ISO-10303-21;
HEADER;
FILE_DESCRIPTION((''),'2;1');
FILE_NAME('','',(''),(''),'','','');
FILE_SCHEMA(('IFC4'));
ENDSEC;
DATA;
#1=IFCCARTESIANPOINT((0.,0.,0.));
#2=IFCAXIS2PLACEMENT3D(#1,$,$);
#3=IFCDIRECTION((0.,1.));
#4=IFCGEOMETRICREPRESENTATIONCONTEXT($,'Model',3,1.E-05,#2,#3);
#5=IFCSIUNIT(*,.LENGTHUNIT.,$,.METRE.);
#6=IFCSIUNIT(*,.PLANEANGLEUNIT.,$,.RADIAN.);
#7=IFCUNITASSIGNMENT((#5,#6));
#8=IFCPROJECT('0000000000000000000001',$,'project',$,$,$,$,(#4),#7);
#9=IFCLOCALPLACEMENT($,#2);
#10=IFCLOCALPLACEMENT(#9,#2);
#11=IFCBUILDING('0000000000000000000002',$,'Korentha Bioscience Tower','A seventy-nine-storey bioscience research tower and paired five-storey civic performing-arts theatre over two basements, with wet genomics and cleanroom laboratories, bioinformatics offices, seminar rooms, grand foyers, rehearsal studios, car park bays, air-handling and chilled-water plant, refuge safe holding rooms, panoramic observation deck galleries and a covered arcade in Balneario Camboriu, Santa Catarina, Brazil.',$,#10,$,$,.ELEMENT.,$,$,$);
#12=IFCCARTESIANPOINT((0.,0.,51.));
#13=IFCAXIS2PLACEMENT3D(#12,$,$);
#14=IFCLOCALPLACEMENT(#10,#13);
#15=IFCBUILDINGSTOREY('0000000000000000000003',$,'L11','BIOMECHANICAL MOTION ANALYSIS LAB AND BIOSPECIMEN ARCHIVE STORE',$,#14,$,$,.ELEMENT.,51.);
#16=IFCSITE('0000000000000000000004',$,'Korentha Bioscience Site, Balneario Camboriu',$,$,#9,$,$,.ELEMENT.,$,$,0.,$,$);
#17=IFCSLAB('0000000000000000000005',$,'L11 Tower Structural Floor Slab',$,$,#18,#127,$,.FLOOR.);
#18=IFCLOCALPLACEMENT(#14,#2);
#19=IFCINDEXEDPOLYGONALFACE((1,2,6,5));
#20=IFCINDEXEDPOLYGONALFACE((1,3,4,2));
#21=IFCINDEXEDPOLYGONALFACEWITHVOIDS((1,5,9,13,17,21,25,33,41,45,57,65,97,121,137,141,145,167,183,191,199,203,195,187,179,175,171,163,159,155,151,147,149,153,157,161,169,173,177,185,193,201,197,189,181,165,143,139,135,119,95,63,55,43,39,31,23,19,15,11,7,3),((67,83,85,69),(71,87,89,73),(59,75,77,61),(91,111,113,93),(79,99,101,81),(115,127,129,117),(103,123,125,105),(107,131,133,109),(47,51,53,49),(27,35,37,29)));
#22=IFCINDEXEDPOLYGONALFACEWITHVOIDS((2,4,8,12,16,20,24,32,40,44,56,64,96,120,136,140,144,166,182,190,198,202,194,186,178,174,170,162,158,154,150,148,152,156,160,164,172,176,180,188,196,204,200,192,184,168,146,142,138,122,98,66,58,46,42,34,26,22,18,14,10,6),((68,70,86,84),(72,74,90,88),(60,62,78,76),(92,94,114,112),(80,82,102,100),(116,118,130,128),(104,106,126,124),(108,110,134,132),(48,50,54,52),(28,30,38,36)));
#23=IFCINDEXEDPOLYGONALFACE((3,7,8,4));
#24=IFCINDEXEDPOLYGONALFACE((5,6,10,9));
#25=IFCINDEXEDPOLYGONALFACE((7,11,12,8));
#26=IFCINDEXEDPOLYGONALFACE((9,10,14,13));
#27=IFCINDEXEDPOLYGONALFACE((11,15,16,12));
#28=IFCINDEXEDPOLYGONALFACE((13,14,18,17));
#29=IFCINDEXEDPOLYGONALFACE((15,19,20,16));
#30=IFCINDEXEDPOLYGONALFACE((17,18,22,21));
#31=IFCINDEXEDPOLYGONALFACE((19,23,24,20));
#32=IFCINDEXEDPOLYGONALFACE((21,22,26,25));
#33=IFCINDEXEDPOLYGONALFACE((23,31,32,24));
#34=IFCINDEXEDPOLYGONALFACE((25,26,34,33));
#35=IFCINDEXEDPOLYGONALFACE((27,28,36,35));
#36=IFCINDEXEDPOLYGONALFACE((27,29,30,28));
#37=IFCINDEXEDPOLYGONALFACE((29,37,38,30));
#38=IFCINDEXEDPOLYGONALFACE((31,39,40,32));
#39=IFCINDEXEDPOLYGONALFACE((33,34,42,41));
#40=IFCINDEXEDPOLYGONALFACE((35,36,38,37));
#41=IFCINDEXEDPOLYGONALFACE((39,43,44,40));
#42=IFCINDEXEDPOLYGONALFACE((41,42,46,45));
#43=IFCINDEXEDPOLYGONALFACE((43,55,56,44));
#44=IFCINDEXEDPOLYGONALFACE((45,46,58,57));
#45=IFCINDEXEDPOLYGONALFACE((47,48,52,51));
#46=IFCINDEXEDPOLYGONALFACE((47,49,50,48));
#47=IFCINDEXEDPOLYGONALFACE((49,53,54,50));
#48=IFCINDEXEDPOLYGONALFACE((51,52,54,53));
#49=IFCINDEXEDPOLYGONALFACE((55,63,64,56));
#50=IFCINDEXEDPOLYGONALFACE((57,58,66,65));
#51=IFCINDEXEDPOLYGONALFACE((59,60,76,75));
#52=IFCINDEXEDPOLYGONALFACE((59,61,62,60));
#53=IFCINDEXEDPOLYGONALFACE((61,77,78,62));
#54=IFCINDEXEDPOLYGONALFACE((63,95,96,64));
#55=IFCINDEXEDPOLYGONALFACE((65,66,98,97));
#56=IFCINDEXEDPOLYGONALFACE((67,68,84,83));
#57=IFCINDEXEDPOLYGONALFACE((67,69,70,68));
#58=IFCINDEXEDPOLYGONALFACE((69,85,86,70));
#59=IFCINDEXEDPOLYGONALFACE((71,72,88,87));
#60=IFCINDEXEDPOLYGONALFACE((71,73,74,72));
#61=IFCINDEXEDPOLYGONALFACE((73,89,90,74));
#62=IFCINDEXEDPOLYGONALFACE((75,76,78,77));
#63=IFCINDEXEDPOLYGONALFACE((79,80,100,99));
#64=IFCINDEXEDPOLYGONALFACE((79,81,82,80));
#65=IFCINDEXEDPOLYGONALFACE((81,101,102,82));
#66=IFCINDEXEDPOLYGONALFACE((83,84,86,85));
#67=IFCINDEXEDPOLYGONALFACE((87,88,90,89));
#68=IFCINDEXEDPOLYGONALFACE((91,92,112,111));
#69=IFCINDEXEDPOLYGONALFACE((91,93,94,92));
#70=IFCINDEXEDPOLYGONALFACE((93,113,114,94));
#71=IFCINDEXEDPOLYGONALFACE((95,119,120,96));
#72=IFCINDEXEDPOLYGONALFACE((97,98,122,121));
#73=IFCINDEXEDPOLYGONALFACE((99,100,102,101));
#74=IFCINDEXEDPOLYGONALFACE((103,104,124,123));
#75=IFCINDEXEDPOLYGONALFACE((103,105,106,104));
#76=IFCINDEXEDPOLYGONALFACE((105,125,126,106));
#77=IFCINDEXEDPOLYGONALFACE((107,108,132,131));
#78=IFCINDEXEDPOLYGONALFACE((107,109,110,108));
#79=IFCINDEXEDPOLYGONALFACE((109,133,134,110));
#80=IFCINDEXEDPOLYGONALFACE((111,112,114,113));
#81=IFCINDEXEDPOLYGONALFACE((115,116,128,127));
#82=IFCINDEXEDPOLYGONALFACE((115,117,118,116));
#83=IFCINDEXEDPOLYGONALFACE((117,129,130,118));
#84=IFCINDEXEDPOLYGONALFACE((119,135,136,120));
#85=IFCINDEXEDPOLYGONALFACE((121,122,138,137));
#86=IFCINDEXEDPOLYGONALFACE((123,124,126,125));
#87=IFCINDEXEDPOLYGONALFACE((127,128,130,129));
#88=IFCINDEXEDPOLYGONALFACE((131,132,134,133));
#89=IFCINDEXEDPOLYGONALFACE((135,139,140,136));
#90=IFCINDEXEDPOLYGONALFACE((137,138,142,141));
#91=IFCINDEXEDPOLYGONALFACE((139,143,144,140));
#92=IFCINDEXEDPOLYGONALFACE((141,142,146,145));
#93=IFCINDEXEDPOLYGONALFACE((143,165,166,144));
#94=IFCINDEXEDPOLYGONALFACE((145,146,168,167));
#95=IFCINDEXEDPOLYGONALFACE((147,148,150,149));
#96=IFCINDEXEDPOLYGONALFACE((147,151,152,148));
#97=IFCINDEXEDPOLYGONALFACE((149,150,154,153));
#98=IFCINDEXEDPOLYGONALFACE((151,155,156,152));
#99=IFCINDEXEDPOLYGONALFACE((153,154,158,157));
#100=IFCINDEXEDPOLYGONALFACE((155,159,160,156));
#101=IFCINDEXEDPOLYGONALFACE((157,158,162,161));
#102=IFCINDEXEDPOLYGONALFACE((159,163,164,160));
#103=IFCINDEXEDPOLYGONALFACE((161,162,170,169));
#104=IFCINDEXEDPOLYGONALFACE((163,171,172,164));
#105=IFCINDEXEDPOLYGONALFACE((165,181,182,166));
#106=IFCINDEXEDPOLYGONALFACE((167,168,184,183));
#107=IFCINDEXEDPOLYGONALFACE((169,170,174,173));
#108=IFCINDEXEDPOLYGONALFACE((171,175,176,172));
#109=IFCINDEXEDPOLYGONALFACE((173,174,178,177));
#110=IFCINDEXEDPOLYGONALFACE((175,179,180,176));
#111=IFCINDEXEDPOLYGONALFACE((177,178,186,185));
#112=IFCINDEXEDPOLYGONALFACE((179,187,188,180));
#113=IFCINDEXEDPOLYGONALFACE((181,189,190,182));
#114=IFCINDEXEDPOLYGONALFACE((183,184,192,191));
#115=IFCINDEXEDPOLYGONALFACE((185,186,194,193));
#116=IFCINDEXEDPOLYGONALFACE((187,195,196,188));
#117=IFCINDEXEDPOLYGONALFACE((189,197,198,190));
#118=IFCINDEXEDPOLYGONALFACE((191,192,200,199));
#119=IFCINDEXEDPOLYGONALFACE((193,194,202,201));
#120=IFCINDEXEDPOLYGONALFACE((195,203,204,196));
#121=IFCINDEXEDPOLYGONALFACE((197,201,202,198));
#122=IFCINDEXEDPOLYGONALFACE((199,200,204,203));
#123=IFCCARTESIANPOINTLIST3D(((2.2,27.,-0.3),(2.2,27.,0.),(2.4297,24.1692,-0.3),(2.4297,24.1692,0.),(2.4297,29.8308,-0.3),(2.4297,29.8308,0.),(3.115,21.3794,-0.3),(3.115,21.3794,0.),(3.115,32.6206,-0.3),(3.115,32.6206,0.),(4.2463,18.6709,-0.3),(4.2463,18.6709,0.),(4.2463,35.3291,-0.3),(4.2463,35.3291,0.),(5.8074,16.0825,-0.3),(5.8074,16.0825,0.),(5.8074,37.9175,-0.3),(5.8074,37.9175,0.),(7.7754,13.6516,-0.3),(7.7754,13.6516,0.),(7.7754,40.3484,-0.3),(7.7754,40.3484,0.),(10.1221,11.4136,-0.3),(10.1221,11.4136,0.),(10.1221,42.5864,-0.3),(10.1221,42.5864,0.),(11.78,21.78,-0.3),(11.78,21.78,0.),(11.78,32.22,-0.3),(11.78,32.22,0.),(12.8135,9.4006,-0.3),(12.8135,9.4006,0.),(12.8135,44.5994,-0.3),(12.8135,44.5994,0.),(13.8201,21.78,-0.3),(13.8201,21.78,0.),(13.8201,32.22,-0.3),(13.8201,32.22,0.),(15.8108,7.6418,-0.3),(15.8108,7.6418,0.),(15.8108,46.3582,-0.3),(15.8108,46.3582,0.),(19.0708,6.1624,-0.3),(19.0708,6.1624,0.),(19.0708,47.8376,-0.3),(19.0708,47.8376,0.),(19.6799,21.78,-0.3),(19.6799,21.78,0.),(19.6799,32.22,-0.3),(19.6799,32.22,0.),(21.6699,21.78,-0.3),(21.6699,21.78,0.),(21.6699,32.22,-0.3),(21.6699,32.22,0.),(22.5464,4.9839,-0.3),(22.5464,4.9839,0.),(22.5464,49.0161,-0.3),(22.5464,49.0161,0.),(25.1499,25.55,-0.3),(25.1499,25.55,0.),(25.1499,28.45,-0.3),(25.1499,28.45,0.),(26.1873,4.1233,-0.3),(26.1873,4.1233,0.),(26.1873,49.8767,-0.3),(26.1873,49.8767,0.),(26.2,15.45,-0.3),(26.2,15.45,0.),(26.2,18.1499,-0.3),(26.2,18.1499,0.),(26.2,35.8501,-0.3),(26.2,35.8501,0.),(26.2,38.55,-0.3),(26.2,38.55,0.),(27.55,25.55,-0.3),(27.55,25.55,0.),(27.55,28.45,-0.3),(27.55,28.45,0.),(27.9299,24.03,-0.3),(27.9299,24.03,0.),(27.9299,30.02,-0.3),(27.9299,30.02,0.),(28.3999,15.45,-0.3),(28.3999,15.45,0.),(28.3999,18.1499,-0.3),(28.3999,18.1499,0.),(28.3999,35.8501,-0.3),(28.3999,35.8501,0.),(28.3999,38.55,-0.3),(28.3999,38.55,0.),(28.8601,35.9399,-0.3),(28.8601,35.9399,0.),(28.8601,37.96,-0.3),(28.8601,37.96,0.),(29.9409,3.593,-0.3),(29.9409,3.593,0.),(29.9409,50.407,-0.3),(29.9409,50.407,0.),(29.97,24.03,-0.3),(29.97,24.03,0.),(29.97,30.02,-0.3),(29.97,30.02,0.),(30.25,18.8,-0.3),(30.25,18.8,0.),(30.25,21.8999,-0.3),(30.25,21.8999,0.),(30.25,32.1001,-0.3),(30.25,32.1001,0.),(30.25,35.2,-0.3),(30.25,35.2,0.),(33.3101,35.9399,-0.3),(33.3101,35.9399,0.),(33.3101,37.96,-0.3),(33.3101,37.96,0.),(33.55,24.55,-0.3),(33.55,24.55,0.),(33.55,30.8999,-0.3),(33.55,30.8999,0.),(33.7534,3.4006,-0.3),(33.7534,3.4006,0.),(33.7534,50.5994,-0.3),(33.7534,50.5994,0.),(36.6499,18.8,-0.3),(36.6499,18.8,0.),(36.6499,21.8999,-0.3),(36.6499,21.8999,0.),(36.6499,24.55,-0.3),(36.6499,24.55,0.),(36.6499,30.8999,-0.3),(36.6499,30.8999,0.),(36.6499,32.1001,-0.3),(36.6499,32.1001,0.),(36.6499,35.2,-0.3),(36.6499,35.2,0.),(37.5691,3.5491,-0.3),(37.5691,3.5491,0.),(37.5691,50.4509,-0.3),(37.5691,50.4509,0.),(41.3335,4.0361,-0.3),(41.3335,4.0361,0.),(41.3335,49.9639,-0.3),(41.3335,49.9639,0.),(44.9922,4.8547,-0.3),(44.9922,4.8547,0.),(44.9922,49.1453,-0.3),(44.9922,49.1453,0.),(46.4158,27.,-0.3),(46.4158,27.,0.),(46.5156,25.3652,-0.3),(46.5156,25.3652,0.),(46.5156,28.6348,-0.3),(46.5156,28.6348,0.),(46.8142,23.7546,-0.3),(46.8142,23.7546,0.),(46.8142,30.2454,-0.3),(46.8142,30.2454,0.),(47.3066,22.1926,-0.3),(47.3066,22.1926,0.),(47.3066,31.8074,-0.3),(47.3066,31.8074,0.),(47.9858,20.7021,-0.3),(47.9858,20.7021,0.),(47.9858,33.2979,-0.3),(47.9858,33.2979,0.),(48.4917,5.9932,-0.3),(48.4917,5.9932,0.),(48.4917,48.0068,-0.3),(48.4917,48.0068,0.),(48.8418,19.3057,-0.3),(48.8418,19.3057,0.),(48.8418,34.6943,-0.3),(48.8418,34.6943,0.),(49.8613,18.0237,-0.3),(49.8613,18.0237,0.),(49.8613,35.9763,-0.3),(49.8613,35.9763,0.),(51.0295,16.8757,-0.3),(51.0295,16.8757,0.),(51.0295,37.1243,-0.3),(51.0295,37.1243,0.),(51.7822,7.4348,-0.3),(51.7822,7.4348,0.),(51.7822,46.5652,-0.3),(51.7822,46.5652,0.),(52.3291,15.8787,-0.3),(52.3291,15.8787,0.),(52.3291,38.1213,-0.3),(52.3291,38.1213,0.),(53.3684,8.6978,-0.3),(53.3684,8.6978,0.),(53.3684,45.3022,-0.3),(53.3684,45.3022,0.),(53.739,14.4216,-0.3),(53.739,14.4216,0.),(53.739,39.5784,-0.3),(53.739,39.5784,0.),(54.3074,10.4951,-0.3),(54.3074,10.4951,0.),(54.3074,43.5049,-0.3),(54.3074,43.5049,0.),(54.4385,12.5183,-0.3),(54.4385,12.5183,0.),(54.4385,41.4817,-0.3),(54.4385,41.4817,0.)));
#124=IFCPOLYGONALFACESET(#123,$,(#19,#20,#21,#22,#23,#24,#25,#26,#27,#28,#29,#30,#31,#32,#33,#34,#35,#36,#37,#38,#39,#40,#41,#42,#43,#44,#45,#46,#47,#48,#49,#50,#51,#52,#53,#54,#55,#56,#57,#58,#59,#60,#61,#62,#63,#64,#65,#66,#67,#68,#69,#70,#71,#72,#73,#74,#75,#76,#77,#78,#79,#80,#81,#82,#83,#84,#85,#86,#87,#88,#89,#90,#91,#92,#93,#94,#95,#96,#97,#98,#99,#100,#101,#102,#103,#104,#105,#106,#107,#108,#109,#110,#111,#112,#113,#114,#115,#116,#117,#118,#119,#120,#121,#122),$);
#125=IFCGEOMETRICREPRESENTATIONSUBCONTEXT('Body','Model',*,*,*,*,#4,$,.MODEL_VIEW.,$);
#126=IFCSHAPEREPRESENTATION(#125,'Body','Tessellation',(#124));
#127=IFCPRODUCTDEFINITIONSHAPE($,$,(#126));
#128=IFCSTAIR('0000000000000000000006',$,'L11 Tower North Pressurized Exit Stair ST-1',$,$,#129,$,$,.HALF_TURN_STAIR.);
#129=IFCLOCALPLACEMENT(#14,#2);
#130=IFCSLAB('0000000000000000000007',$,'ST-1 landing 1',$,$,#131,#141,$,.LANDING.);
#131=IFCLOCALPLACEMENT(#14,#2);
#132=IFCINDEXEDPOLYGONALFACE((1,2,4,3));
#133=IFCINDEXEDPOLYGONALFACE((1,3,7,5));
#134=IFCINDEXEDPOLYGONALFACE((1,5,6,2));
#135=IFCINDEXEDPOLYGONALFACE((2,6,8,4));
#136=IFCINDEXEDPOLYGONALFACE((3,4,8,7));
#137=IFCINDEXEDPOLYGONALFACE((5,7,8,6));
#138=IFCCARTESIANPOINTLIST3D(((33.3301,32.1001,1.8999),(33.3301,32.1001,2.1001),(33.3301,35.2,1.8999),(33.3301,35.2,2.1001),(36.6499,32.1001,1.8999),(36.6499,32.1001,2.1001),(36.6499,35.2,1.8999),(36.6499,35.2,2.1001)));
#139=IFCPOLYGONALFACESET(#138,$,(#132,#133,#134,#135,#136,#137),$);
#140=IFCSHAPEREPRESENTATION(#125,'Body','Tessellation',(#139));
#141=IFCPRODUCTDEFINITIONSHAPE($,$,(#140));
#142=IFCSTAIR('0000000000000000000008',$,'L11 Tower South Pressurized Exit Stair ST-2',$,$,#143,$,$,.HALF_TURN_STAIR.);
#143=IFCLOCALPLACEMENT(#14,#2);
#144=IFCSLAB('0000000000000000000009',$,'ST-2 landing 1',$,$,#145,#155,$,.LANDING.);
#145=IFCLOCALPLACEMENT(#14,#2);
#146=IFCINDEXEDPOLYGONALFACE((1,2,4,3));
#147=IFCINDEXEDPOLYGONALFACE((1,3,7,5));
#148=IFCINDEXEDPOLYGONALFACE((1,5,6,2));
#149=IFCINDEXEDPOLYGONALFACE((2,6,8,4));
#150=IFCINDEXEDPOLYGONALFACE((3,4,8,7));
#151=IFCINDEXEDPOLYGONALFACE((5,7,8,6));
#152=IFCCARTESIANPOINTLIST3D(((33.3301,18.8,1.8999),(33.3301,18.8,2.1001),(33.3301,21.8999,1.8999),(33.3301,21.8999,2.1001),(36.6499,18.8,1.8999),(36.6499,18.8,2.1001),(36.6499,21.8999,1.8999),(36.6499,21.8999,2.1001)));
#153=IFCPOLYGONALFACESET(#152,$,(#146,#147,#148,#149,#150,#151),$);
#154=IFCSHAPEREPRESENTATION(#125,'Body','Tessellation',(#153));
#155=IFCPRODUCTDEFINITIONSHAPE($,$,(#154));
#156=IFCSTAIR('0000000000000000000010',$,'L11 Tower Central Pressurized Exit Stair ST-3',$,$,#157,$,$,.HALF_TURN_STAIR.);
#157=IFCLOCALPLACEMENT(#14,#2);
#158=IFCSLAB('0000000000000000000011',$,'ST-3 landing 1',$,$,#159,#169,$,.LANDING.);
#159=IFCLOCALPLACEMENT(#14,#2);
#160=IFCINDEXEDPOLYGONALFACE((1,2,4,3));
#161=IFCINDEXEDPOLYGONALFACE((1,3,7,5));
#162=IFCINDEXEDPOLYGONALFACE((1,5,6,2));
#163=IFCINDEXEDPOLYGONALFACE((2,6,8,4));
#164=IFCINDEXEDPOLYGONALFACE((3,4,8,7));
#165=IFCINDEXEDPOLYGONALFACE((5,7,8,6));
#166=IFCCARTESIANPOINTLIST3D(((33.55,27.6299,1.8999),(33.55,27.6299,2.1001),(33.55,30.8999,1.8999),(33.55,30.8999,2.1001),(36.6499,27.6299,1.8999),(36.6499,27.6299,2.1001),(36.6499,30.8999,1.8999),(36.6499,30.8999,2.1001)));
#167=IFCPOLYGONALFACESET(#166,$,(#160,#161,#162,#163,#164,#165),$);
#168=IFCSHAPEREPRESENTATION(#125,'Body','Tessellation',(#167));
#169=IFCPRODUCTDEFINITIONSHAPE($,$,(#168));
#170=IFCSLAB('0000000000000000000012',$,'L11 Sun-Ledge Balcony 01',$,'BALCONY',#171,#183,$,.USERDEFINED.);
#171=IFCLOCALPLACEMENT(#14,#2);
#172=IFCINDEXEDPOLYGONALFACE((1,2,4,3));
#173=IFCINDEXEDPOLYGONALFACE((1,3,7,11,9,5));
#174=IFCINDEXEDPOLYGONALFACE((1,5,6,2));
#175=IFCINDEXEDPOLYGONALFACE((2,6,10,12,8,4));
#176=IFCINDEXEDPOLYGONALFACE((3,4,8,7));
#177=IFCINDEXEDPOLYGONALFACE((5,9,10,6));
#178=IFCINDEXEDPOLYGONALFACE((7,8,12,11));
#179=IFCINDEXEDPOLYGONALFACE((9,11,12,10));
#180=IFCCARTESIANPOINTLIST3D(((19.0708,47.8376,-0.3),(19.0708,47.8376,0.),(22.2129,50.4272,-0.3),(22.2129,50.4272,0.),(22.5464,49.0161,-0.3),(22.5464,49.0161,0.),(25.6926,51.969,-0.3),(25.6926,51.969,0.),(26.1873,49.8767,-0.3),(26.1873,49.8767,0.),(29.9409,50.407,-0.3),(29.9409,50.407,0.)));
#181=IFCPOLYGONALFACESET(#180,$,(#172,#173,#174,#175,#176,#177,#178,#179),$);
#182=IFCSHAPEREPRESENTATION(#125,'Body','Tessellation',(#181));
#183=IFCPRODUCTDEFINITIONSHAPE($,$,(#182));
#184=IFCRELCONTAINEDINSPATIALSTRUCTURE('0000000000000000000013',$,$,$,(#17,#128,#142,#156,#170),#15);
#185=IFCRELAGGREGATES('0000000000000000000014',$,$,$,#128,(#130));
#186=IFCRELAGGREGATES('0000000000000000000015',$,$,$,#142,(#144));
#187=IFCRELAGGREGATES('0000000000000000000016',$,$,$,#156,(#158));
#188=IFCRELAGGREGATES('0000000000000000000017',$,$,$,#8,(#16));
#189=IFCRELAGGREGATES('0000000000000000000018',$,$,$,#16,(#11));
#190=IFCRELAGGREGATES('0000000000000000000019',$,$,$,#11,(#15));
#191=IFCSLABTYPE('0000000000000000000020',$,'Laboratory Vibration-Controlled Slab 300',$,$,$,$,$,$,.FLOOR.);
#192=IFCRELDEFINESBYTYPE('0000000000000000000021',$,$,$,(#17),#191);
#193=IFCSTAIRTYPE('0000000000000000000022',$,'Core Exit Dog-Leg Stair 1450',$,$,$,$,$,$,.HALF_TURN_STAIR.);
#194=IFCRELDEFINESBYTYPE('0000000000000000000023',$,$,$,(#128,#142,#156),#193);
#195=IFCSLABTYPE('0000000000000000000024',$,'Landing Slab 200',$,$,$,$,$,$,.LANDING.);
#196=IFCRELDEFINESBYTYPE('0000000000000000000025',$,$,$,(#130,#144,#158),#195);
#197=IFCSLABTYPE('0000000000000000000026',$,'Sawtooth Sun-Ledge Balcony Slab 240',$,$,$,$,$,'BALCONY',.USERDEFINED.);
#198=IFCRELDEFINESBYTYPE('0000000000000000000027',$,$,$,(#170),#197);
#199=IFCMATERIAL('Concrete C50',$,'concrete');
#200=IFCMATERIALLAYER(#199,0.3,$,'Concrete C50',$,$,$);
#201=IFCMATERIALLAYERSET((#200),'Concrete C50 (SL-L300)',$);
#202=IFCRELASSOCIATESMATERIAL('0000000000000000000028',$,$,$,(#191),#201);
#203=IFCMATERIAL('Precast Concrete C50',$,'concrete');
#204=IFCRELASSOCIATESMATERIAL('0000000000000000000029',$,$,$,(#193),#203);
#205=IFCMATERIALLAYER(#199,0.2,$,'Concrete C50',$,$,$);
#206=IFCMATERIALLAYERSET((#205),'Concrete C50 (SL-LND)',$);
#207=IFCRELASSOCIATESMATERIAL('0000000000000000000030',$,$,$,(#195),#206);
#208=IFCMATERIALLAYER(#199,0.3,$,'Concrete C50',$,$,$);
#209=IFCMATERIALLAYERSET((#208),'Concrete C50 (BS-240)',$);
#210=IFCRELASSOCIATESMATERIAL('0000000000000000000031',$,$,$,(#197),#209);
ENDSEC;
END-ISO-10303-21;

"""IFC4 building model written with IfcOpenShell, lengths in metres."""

from ifc_helpers import new_model, si_unit, direction, frame, origin, place, context, subcontext, project, spatial, polyline, outline, extrude, material, layer, layer_set, type_object, element, aggregate, save


model = new_model("IFC4")

# Units and contexts
model_context = context("Model", 3, precision=1e-05, world=origin(), true_north=direction((0.0, 1.0)))
body_context = subcontext(model_context, "Body", "Model", "MODEL_VIEW")
ifc_project = project(units=[si_unit("LENGTHUNIT", "METRE"), si_unit("PLANEANGLEUNIT", "RADIAN")], contexts=[model_context])

# Site, building, storey
site_placement = place(None, origin())
site = spatial("IfcSite", under=ifc_project, at=site_placement, Name="Korentha Bioscience Site, Balneario Camboriu", CompositionType="ELEMENT", RefElevation=0.0)
building_placement = place(site_placement, origin())
building = spatial("IfcBuilding", under=site, at=building_placement, Name="Korentha Bioscience Tower", Description="A seventy-nine-storey bioscience research tower and paired five-storey civic performing-arts theatre over two basements, with wet genomics and cleanroom laboratories, bioinformatics offices, seminar rooms, grand foyers, rehearsal studios, car park bays, air-handling and chilled-water plant, refuge safe holding rooms, panoramic observation deck galleries and a covered arcade in Balneario Camboriu, Santa Catarina, Brazil.", CompositionType="ELEMENT")
storey_placement = place(building_placement, frame((0.0, 0.0, 51.0)))
storey = spatial("IfcBuildingStorey", under=building, at=storey_placement, Name="L11", Description="BIOMECHANICAL MOTION ANALYSIS LAB AND BIOSPECIMEN ARCHIVE STORE", CompositionType="ELEMENT", Elevation=51.0)

# Slab
ifc_material_1 = material(Name="Concrete C50", Category="concrete")
ifc_layer_1 = layer(ifc_material_1, 0.3, Name="Concrete C50")
ifc_layer_set_1 = layer_set([ifc_layer_1], Name="Concrete C50 (SL-L300)")
slab_type_1 = type_object("IfcSlabType", Name="Laboratory Vibration-Controlled Slab 300", PredefinedType="FLOOR", material=ifc_layer_set_1)
slab_1_placement = place(storey_placement, frame((0.0, 0.0, -0.3)))
element("IfcSlab", 1, at=slab_1_placement, inside=storey, type_object=slab_type_1, Name="L11 Tower Structural Floor Slab", PredefinedType="FLOOR", context=body_context, shape_type="SweptSolid", body=[
    extrude(outline(polyline([(51.7822, 46.5652), (48.4917, 48.0068), (44.9922, 49.1453), (41.3335, 49.9639), (37.5691, 50.4509), (33.7534, 50.5994), (29.9409, 50.407), (26.1873, 49.8767), (22.5464, 49.0161), (19.0708, 47.8376), (15.8108, 46.3582), (12.8135, 44.5994), (10.1221, 42.5864), (7.7754, 40.3484), (5.8074, 37.9175), (4.2463, 35.3291), (3.115, 32.6206), (2.4297, 29.8308), (2.2, 27.0), (2.4297, 24.1692), (3.115, 21.3794), (4.2463, 18.6709), (5.8074, 16.0825), (7.7754, 13.6516), (10.1221, 11.4136), (12.8135, 9.4006), (15.8108, 7.6418), (19.0708, 6.1624), (22.5464, 4.9839), (26.1873, 4.1233), (29.9409, 3.593), (33.7534, 3.4006), (37.5691, 3.5491), (41.3335, 4.0361), (44.9922, 4.8547), (48.4917, 5.9932), (51.7822, 7.4348), (53.3684, 8.6978), (54.3074, 10.4951), (54.4385, 12.5183), (53.739, 14.4216), (52.3291, 15.8787), (51.0295, 16.8757), (49.8613, 18.0237), (48.8418, 19.3057), (47.9858, 20.7021), (47.3066, 22.1926), (46.8142, 23.7546), (46.5156, 25.3652), (46.4158, 27.0), (46.5156, 28.6348), (46.8142, 30.2454), (47.3066, 31.8074), (47.9858, 33.2979), (48.8418, 34.6943), (49.8613, 35.9763), (51.0295, 37.1243), (52.3291, 38.1213), (53.739, 39.5784), (54.4385, 41.4817), (54.3074, 43.5049), (53.3684, 45.3022), (51.7822, 46.5652)]), holes=[polyline([(30.25, 32.1001), (36.6499, 32.1001), (36.6499, 35.2), (30.25, 35.2), (30.25, 32.1001)]), polyline([(30.25, 18.8), (36.6499, 18.8), (36.6499, 21.8999), (30.25, 21.8999), (30.25, 18.8)]), polyline([(36.6499, 24.55), (36.6499, 30.8999), (33.55, 30.8999), (33.55, 24.55), (36.6499, 24.55)]), polyline([(11.78, 21.78), (13.8201, 21.78), (13.8201, 32.22), (11.78, 32.22), (11.78, 21.78)]), polyline([(19.6799, 21.78), (21.6699, 21.78), (21.6699, 32.22), (19.6799, 32.22), (19.6799, 21.78)]), polyline([(27.9299, 24.03), (29.97, 24.03), (29.97, 30.02), (27.9299, 30.02), (27.9299, 24.03)]), polyline([(28.8601, 35.9399), (33.3101, 35.9399), (33.3101, 37.96), (28.8601, 37.96), (28.8601, 35.9399)]), polyline([(26.2, 15.45), (28.3999, 15.45), (28.3999, 18.1499), (26.2, 18.1499), (26.2, 15.45)]), polyline([(26.2, 35.8501), (28.3999, 35.8501), (28.3999, 38.55), (26.2, 38.55), (26.2, 35.8501)]), polyline([(25.1499, 25.55), (27.55, 25.55), (27.55, 28.45), (25.1499, 28.45), (25.1499, 25.55)])]), origin(), (0.0, 0.0, 1.0), 0.3),
])

# Stairs, slabs
ifc_material_2 = material(Name="Precast Concrete C50", Category="concrete")
stair_type = type_object("IfcStairType", Name="Core Exit Dog-Leg Stair 1450", PredefinedType="HALF_TURN_STAIR", material=ifc_material_2)
stair_1_placement = place(storey_placement, origin())
stair_1 = element("IfcStair", 2, at=stair_1_placement, inside=storey, type_object=stair_type, Name="L11 Tower North Pressurized Exit Stair ST-1", PredefinedType="HALF_TURN_STAIR")
ifc_layer_2 = layer(ifc_material_1, 0.2, Name="Concrete C50")
ifc_layer_set_2 = layer_set([ifc_layer_2], Name="Concrete C50 (SL-LND)")
slab_type_2 = type_object("IfcSlabType", Name="Landing Slab 200", PredefinedType="LANDING", material=ifc_layer_set_2)
slab_2_placement = place(storey_placement, frame((0.0, 0.0, 1.8999)))
slab_2 = element("IfcSlab", 3, at=slab_2_placement, type_object=slab_type_2, Name="ST-1 landing 1", PredefinedType="LANDING", context=body_context, shape_type="SweptSolid", body=[
    extrude(outline(polyline([(33.3301, 32.1001), (36.6499, 32.1001), (36.6499, 35.2), (33.3301, 35.2), (33.3301, 32.1001)])), origin(), (0.0, 0.0, 1.0), 0.2002),
])
aggregate(stair_1, [slab_2])
stair_2_placement = place(storey_placement, origin())
stair_2 = element("IfcStair", 4, at=stair_2_placement, inside=storey, type_object=stair_type, Name="L11 Tower South Pressurized Exit Stair ST-2", PredefinedType="HALF_TURN_STAIR")
slab_3_placement = place(storey_placement, frame((0.0, 0.0, 1.8999)))
slab_3 = element("IfcSlab", 5, at=slab_3_placement, type_object=slab_type_2, Name="ST-2 landing 1", PredefinedType="LANDING", context=body_context, shape_type="SweptSolid", body=[
    extrude(outline(polyline([(33.3301, 18.8), (36.6499, 18.8), (36.6499, 21.8999), (33.3301, 21.8999), (33.3301, 18.8)])), origin(), (0.0, 0.0, 1.0), 0.2002),
])
aggregate(stair_2, [slab_3])
stair_3_placement = place(storey_placement, origin())
stair_3 = element("IfcStair", 6, at=stair_3_placement, inside=storey, type_object=stair_type, Name="L11 Tower Central Pressurized Exit Stair ST-3", PredefinedType="HALF_TURN_STAIR")
slab_4_placement = place(storey_placement, frame((0.0, 0.0, 1.8999)))
slab_4 = element("IfcSlab", 7, at=slab_4_placement, type_object=slab_type_2, Name="ST-3 landing 1", PredefinedType="LANDING", context=body_context, shape_type="SweptSolid", body=[
    extrude(outline(polyline([(36.6499, 27.6299), (36.6499, 30.8999), (33.55, 30.8999), (33.55, 27.6299), (36.6499, 27.6299)])), origin(), (0.0, 0.0, 1.0), 0.2002),
])
aggregate(stair_3, [slab_4])

# Slab
ifc_layer_3 = layer(ifc_material_1, 0.3, Name="Concrete C50")
ifc_layer_set_3 = layer_set([ifc_layer_3], Name="Concrete C50 (BS-240)")
slab_type_3 = type_object("IfcSlabType", Name="Sawtooth Sun-Ledge Balcony Slab 240", ElementType="BALCONY", PredefinedType="USERDEFINED", material=ifc_layer_set_3)
slab_5_placement = place(storey_placement, frame((0.0, 0.0, -0.3)))
element("IfcSlab", 8, at=slab_5_placement, inside=storey, type_object=slab_type_3, Name="L11 Sun-Ledge Balcony 01", ObjectType="BALCONY", PredefinedType="USERDEFINED", context=body_context, shape_type="SweptSolid", body=[
    extrude(outline(polyline([(19.0708, 47.8376), (22.5464, 49.0161), (26.1873, 49.8767), (29.9409, 50.407), (25.6926, 51.969), (22.2129, 50.4272), (19.0708, 47.8376)])), origin(), (0.0, 0.0, 1.0), 0.3),
])

save(model, "model.ifc")
